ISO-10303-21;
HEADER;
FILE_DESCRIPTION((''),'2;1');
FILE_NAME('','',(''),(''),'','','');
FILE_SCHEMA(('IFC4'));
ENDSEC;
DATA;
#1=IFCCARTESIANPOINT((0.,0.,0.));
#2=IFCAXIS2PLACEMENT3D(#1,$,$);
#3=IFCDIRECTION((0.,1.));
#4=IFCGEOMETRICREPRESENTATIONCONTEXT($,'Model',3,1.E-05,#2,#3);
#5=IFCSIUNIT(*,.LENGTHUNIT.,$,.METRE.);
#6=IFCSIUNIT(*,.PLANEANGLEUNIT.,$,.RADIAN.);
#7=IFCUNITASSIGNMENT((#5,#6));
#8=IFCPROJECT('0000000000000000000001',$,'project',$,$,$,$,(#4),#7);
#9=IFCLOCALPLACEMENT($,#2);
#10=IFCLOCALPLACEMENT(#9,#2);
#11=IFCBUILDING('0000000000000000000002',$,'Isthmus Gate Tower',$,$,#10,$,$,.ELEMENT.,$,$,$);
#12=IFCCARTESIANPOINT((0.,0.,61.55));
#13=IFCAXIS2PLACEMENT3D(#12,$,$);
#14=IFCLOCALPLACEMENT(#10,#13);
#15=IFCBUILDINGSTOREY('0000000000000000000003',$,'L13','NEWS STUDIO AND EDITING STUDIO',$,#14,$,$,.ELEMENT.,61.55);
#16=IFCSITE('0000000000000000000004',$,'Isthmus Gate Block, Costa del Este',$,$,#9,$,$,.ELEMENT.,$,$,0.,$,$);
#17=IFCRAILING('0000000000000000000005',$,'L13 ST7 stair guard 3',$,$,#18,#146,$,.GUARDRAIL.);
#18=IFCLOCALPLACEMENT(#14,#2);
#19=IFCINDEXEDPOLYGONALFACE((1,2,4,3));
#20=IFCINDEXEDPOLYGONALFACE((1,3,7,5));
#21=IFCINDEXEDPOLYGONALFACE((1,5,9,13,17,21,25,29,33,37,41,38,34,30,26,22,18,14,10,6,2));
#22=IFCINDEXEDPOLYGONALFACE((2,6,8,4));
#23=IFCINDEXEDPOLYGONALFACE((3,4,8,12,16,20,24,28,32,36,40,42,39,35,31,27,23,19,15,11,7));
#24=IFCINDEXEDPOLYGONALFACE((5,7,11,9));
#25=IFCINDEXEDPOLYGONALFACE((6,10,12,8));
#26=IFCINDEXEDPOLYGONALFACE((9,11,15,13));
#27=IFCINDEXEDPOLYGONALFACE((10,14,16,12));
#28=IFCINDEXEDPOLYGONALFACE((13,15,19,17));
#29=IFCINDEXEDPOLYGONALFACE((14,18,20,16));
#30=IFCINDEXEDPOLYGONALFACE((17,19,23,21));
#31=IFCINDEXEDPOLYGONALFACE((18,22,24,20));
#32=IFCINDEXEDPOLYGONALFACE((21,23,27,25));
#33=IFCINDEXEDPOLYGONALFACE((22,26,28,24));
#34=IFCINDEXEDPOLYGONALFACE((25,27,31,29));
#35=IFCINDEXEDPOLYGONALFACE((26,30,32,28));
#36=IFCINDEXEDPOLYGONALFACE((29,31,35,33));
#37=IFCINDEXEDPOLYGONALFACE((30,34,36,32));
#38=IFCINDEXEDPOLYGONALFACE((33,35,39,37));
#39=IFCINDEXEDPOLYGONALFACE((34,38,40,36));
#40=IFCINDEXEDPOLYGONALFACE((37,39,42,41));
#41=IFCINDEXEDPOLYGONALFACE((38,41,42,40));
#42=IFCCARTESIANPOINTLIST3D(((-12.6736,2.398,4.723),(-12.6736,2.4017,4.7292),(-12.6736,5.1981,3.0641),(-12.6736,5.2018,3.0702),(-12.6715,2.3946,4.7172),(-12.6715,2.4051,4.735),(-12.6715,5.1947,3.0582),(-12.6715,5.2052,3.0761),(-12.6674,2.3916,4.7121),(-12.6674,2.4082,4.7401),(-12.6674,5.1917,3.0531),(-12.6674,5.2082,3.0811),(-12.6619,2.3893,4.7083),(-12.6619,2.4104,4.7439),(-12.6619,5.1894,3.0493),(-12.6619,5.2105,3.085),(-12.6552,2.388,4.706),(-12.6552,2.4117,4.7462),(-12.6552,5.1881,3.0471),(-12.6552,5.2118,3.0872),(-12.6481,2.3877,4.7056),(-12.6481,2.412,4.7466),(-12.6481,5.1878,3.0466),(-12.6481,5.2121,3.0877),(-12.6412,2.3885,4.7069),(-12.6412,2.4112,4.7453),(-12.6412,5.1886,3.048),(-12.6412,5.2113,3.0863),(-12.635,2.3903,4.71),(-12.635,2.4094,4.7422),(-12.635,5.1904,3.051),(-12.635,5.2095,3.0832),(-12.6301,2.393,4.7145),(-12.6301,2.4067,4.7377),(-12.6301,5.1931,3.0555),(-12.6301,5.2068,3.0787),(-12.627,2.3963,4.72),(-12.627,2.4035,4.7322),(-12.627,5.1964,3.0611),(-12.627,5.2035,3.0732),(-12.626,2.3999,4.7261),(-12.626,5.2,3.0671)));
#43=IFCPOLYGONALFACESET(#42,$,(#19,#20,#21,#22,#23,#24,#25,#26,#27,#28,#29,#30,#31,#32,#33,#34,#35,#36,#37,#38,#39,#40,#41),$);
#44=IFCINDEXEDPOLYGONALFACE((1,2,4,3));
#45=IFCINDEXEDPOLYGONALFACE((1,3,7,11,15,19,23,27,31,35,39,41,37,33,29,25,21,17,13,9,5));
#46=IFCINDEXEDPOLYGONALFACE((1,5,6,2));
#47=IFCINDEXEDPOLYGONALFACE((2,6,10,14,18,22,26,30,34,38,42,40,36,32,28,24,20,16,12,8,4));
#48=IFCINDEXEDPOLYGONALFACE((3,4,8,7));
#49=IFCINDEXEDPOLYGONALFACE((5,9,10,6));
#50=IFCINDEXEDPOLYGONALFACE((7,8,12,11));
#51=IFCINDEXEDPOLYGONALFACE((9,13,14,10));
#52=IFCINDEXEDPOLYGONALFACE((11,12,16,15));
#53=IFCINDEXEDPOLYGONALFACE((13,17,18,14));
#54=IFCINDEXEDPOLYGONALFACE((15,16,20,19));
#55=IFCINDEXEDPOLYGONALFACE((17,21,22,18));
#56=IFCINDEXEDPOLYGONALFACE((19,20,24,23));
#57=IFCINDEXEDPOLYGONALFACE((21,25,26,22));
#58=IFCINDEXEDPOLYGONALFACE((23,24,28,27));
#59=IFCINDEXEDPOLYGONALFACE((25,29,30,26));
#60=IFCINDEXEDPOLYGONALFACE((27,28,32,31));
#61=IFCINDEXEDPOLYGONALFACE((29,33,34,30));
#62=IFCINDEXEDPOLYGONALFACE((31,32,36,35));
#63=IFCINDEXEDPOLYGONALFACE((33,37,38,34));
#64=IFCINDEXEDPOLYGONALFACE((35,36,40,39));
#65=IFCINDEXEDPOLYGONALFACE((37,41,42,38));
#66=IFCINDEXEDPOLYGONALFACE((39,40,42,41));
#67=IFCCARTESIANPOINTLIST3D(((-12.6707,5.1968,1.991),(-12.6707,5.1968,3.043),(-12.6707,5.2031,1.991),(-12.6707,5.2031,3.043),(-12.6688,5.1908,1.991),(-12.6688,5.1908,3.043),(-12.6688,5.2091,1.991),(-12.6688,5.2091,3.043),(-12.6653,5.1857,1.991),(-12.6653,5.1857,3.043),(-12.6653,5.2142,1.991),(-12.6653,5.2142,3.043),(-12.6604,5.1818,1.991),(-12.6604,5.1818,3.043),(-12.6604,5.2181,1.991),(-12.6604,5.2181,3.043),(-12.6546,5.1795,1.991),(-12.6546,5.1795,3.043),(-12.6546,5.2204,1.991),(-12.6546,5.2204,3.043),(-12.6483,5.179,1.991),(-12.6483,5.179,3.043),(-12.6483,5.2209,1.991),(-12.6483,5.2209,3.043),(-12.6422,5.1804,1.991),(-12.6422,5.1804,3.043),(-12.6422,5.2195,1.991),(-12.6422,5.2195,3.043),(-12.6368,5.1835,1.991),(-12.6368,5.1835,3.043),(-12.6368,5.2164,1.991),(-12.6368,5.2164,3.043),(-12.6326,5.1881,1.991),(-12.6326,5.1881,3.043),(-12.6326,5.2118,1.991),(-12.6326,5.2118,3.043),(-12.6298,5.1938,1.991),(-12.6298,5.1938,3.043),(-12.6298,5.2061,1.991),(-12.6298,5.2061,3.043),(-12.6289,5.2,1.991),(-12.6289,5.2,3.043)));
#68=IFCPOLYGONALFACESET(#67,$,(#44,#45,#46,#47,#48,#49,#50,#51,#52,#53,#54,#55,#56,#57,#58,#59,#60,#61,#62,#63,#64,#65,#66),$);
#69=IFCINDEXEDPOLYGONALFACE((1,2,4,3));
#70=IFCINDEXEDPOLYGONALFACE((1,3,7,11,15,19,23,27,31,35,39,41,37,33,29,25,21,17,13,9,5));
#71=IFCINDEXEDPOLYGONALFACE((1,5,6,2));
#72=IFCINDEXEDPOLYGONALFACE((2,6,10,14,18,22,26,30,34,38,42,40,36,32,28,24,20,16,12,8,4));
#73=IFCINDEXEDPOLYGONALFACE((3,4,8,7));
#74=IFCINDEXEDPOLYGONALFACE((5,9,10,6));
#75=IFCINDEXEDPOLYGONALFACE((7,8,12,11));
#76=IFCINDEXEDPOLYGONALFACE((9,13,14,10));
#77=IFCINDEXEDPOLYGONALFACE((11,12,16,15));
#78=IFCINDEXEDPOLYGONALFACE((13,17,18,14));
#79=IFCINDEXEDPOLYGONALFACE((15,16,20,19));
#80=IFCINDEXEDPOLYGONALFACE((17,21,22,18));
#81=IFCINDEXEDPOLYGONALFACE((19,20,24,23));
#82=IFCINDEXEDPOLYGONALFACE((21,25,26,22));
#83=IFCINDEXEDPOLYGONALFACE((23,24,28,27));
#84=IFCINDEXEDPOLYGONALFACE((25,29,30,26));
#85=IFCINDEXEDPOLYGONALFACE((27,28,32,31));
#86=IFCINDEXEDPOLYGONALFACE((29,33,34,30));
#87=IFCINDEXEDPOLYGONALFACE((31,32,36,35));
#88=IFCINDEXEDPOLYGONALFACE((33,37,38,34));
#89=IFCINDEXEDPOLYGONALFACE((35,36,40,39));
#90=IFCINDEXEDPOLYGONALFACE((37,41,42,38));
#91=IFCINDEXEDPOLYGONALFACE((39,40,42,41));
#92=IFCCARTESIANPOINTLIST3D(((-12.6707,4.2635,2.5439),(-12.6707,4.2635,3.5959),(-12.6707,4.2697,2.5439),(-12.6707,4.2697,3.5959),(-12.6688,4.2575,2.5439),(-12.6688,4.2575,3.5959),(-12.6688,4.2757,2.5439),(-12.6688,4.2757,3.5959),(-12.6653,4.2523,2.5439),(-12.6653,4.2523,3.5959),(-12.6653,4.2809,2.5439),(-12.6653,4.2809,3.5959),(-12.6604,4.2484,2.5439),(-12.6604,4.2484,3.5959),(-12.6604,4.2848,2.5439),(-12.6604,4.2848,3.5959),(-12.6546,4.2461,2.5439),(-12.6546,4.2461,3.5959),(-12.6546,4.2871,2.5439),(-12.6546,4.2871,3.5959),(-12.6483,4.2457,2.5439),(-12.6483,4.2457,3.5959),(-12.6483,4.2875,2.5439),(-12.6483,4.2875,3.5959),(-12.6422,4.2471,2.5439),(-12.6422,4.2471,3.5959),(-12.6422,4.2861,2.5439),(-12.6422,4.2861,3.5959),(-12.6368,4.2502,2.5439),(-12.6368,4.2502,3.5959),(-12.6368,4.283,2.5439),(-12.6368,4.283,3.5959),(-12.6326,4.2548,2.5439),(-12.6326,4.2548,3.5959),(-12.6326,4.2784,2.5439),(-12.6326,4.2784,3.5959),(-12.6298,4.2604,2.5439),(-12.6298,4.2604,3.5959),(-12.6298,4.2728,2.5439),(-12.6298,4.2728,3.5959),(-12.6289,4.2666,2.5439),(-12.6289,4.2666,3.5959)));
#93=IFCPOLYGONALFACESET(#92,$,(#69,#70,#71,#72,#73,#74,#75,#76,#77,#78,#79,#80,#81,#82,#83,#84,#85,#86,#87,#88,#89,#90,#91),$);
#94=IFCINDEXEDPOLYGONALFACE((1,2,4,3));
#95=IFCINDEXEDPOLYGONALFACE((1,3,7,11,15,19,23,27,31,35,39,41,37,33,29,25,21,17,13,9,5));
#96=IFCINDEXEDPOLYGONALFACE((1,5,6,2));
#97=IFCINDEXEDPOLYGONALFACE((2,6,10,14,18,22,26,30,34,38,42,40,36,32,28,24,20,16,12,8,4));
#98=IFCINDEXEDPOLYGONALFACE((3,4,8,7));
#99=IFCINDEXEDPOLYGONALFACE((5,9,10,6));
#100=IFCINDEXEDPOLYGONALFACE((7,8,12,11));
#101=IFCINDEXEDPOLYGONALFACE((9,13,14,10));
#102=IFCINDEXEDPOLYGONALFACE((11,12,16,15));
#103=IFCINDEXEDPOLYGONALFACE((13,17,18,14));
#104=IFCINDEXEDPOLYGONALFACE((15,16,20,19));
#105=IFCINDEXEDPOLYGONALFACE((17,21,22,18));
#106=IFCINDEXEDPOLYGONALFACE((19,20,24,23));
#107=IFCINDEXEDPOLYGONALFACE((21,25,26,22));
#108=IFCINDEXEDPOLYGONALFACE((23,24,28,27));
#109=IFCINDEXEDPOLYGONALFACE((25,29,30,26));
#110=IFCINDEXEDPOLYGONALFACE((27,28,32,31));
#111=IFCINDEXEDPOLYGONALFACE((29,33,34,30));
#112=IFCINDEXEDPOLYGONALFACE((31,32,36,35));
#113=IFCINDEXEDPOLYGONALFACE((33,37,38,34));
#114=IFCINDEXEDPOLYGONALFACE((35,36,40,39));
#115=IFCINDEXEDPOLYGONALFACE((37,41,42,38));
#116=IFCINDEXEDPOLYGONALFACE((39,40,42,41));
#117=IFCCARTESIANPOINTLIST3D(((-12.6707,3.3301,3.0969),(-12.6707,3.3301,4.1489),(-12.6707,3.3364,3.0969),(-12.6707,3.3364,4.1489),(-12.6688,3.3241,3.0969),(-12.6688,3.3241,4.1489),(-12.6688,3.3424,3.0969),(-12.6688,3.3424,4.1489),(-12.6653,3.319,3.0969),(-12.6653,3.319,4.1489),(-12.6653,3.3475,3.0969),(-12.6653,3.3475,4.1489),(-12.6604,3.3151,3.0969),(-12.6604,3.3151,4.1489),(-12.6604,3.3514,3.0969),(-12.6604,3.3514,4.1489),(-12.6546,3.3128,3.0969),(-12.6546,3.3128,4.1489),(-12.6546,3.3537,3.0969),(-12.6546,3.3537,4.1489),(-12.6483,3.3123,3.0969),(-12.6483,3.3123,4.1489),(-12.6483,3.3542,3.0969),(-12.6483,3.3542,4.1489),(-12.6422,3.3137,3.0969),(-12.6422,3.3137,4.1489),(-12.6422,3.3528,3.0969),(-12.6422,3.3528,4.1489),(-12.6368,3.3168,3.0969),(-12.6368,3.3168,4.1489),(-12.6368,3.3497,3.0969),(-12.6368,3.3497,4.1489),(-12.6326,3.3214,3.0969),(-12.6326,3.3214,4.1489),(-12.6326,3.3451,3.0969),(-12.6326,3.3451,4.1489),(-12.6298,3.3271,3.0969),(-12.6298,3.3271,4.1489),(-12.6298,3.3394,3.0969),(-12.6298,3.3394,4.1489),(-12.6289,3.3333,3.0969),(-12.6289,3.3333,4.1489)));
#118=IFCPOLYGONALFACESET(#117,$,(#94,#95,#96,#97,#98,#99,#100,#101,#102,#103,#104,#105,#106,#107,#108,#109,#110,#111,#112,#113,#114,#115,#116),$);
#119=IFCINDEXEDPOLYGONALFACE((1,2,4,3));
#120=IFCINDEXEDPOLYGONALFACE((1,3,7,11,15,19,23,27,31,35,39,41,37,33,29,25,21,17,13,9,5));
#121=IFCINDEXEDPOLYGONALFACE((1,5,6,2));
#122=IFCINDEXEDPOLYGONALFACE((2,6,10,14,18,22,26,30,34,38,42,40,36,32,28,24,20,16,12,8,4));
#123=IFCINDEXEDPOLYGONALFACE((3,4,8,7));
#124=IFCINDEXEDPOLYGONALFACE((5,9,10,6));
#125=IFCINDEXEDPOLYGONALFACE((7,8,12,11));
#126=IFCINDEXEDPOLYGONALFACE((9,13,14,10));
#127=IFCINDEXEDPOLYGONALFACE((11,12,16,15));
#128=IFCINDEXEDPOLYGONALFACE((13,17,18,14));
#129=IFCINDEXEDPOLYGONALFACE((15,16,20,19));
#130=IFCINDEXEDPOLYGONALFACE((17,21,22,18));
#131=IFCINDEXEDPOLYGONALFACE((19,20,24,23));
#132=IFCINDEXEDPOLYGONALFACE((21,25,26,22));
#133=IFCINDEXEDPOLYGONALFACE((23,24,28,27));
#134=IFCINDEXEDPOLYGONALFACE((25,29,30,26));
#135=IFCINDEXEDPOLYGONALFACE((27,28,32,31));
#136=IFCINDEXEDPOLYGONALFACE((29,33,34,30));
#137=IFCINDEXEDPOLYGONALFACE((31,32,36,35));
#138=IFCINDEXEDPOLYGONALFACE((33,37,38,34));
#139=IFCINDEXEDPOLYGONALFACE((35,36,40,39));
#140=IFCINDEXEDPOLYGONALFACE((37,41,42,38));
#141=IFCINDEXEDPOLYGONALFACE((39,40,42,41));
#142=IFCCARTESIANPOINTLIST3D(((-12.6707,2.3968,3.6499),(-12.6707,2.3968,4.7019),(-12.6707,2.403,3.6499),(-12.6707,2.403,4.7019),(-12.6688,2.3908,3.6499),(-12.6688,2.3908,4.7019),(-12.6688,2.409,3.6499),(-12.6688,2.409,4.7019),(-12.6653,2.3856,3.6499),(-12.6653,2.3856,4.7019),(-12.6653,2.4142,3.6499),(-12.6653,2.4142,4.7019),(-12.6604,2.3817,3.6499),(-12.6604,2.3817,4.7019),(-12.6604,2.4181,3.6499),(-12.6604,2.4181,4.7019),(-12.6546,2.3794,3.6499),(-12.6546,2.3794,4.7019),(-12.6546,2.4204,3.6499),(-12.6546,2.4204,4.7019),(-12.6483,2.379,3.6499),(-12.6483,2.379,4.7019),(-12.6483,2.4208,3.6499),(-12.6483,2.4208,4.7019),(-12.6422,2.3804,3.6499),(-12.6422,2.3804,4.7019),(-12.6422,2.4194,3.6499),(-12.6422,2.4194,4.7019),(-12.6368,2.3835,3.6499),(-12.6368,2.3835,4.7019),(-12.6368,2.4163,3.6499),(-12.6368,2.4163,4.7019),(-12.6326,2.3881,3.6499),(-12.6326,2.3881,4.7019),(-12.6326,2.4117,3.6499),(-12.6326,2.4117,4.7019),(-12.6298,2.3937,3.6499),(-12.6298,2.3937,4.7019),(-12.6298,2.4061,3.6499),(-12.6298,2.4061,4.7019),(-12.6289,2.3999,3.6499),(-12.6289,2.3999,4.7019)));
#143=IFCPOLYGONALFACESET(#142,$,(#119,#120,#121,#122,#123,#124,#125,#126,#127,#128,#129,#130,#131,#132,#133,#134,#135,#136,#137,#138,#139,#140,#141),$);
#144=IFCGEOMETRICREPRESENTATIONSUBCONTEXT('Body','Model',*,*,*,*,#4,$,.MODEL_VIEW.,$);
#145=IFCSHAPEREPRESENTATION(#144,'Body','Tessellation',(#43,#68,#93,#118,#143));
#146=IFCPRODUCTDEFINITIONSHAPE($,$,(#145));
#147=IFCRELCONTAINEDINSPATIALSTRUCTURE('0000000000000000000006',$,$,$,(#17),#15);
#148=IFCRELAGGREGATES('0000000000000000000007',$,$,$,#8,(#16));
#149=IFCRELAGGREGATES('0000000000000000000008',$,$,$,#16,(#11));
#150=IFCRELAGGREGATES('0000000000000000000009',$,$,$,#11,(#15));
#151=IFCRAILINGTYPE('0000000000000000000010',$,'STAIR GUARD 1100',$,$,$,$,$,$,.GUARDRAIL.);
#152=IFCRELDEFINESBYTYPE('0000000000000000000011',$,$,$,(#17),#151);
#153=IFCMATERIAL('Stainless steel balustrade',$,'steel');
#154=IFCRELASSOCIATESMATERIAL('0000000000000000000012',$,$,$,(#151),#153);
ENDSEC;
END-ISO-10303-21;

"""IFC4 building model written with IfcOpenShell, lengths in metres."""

from ifc_helpers import new_model, si_unit, direction, frame, origin, origin_2d, place, context, subcontext, project, spatial, circle, extrude, material, type_object, element, save


model = new_model("IFC4")

# Units and contexts
model_context = context("Model", 3, precision=1e-05, world=origin(), true_north=direction((0.0, 1.0)))
body_context = subcontext(model_context, "Body", "Model", "MODEL_VIEW")
ifc_project = project(units=[si_unit("LENGTHUNIT", "METRE"), si_unit("PLANEANGLEUNIT", "RADIAN")], contexts=[model_context])

# Site, building, storey
site_placement = place(None, origin())
site = spatial("IfcSite", under=ifc_project, at=site_placement, Name="Isthmus Gate Block, Costa del Este", CompositionType="ELEMENT", RefElevation=0.0)
building_placement = place(site_placement, origin())
building = spatial("IfcBuilding", under=site, at=building_placement, Name="Isthmus Gate Tower", CompositionType="ELEMENT")
storey_placement = place(building_placement, frame((0.0, 0.0, 61.55)))
storey = spatial("IfcBuildingStorey", under=building, at=storey_placement, Name="L13", Description="NEWS STUDIO AND EDITING STUDIO", CompositionType="ELEMENT", Elevation=61.55)

# Railing
ifc_material_1 = material(Name="Stainless steel balustrade", Category="steel")
railing_type_1 = type_object("IfcRailingType", Name="STAIR GUARD 1100", PredefinedType="GUARDRAIL", material=ifc_material_1)
railing_1_placement = place(storey_placement, frame((-12.6499, 5.2, 1.991)))
element("IfcRailing", 1, at=railing_1_placement, inside=storey, type_object=railing_type_1, Name="L13 ST7 stair guard 3", PredefinedType="GUARDRAIL", context=body_context, shape_type="SweptSolid", body=[
    extrude(circle(Radius=0.0239, at=origin_2d()), frame((0.0, 0.0, 1.0762), z_axis=(0.0, -0.860339, 0.509722), x_axis=(1.0, 0.0, 0.0)), (0.0, 0.0, 1.0), 3.2546),
    extrude(circle(Radius=0.021, at=origin_2d()), origin(), (0.0, 0.0, 1.0), 1.052),
    extrude(circle(Radius=0.021, at=origin_2d()), frame((0.0, -0.9333, 0.553)), (0.0, 0.0, 1.0), 1.052),
    extrude(circle(Radius=0.021, at=origin_2d()), frame((0.0, -1.8667, 1.106)), (0.0, 0.0, 1.0), 1.052),
    extrude(circle(Radius=0.021, at=origin_2d()), frame((0.0, -2.8, 1.6589)), (0.0, 0.0, 1.0), 1.052),
])

save(model, "model.ifc")
